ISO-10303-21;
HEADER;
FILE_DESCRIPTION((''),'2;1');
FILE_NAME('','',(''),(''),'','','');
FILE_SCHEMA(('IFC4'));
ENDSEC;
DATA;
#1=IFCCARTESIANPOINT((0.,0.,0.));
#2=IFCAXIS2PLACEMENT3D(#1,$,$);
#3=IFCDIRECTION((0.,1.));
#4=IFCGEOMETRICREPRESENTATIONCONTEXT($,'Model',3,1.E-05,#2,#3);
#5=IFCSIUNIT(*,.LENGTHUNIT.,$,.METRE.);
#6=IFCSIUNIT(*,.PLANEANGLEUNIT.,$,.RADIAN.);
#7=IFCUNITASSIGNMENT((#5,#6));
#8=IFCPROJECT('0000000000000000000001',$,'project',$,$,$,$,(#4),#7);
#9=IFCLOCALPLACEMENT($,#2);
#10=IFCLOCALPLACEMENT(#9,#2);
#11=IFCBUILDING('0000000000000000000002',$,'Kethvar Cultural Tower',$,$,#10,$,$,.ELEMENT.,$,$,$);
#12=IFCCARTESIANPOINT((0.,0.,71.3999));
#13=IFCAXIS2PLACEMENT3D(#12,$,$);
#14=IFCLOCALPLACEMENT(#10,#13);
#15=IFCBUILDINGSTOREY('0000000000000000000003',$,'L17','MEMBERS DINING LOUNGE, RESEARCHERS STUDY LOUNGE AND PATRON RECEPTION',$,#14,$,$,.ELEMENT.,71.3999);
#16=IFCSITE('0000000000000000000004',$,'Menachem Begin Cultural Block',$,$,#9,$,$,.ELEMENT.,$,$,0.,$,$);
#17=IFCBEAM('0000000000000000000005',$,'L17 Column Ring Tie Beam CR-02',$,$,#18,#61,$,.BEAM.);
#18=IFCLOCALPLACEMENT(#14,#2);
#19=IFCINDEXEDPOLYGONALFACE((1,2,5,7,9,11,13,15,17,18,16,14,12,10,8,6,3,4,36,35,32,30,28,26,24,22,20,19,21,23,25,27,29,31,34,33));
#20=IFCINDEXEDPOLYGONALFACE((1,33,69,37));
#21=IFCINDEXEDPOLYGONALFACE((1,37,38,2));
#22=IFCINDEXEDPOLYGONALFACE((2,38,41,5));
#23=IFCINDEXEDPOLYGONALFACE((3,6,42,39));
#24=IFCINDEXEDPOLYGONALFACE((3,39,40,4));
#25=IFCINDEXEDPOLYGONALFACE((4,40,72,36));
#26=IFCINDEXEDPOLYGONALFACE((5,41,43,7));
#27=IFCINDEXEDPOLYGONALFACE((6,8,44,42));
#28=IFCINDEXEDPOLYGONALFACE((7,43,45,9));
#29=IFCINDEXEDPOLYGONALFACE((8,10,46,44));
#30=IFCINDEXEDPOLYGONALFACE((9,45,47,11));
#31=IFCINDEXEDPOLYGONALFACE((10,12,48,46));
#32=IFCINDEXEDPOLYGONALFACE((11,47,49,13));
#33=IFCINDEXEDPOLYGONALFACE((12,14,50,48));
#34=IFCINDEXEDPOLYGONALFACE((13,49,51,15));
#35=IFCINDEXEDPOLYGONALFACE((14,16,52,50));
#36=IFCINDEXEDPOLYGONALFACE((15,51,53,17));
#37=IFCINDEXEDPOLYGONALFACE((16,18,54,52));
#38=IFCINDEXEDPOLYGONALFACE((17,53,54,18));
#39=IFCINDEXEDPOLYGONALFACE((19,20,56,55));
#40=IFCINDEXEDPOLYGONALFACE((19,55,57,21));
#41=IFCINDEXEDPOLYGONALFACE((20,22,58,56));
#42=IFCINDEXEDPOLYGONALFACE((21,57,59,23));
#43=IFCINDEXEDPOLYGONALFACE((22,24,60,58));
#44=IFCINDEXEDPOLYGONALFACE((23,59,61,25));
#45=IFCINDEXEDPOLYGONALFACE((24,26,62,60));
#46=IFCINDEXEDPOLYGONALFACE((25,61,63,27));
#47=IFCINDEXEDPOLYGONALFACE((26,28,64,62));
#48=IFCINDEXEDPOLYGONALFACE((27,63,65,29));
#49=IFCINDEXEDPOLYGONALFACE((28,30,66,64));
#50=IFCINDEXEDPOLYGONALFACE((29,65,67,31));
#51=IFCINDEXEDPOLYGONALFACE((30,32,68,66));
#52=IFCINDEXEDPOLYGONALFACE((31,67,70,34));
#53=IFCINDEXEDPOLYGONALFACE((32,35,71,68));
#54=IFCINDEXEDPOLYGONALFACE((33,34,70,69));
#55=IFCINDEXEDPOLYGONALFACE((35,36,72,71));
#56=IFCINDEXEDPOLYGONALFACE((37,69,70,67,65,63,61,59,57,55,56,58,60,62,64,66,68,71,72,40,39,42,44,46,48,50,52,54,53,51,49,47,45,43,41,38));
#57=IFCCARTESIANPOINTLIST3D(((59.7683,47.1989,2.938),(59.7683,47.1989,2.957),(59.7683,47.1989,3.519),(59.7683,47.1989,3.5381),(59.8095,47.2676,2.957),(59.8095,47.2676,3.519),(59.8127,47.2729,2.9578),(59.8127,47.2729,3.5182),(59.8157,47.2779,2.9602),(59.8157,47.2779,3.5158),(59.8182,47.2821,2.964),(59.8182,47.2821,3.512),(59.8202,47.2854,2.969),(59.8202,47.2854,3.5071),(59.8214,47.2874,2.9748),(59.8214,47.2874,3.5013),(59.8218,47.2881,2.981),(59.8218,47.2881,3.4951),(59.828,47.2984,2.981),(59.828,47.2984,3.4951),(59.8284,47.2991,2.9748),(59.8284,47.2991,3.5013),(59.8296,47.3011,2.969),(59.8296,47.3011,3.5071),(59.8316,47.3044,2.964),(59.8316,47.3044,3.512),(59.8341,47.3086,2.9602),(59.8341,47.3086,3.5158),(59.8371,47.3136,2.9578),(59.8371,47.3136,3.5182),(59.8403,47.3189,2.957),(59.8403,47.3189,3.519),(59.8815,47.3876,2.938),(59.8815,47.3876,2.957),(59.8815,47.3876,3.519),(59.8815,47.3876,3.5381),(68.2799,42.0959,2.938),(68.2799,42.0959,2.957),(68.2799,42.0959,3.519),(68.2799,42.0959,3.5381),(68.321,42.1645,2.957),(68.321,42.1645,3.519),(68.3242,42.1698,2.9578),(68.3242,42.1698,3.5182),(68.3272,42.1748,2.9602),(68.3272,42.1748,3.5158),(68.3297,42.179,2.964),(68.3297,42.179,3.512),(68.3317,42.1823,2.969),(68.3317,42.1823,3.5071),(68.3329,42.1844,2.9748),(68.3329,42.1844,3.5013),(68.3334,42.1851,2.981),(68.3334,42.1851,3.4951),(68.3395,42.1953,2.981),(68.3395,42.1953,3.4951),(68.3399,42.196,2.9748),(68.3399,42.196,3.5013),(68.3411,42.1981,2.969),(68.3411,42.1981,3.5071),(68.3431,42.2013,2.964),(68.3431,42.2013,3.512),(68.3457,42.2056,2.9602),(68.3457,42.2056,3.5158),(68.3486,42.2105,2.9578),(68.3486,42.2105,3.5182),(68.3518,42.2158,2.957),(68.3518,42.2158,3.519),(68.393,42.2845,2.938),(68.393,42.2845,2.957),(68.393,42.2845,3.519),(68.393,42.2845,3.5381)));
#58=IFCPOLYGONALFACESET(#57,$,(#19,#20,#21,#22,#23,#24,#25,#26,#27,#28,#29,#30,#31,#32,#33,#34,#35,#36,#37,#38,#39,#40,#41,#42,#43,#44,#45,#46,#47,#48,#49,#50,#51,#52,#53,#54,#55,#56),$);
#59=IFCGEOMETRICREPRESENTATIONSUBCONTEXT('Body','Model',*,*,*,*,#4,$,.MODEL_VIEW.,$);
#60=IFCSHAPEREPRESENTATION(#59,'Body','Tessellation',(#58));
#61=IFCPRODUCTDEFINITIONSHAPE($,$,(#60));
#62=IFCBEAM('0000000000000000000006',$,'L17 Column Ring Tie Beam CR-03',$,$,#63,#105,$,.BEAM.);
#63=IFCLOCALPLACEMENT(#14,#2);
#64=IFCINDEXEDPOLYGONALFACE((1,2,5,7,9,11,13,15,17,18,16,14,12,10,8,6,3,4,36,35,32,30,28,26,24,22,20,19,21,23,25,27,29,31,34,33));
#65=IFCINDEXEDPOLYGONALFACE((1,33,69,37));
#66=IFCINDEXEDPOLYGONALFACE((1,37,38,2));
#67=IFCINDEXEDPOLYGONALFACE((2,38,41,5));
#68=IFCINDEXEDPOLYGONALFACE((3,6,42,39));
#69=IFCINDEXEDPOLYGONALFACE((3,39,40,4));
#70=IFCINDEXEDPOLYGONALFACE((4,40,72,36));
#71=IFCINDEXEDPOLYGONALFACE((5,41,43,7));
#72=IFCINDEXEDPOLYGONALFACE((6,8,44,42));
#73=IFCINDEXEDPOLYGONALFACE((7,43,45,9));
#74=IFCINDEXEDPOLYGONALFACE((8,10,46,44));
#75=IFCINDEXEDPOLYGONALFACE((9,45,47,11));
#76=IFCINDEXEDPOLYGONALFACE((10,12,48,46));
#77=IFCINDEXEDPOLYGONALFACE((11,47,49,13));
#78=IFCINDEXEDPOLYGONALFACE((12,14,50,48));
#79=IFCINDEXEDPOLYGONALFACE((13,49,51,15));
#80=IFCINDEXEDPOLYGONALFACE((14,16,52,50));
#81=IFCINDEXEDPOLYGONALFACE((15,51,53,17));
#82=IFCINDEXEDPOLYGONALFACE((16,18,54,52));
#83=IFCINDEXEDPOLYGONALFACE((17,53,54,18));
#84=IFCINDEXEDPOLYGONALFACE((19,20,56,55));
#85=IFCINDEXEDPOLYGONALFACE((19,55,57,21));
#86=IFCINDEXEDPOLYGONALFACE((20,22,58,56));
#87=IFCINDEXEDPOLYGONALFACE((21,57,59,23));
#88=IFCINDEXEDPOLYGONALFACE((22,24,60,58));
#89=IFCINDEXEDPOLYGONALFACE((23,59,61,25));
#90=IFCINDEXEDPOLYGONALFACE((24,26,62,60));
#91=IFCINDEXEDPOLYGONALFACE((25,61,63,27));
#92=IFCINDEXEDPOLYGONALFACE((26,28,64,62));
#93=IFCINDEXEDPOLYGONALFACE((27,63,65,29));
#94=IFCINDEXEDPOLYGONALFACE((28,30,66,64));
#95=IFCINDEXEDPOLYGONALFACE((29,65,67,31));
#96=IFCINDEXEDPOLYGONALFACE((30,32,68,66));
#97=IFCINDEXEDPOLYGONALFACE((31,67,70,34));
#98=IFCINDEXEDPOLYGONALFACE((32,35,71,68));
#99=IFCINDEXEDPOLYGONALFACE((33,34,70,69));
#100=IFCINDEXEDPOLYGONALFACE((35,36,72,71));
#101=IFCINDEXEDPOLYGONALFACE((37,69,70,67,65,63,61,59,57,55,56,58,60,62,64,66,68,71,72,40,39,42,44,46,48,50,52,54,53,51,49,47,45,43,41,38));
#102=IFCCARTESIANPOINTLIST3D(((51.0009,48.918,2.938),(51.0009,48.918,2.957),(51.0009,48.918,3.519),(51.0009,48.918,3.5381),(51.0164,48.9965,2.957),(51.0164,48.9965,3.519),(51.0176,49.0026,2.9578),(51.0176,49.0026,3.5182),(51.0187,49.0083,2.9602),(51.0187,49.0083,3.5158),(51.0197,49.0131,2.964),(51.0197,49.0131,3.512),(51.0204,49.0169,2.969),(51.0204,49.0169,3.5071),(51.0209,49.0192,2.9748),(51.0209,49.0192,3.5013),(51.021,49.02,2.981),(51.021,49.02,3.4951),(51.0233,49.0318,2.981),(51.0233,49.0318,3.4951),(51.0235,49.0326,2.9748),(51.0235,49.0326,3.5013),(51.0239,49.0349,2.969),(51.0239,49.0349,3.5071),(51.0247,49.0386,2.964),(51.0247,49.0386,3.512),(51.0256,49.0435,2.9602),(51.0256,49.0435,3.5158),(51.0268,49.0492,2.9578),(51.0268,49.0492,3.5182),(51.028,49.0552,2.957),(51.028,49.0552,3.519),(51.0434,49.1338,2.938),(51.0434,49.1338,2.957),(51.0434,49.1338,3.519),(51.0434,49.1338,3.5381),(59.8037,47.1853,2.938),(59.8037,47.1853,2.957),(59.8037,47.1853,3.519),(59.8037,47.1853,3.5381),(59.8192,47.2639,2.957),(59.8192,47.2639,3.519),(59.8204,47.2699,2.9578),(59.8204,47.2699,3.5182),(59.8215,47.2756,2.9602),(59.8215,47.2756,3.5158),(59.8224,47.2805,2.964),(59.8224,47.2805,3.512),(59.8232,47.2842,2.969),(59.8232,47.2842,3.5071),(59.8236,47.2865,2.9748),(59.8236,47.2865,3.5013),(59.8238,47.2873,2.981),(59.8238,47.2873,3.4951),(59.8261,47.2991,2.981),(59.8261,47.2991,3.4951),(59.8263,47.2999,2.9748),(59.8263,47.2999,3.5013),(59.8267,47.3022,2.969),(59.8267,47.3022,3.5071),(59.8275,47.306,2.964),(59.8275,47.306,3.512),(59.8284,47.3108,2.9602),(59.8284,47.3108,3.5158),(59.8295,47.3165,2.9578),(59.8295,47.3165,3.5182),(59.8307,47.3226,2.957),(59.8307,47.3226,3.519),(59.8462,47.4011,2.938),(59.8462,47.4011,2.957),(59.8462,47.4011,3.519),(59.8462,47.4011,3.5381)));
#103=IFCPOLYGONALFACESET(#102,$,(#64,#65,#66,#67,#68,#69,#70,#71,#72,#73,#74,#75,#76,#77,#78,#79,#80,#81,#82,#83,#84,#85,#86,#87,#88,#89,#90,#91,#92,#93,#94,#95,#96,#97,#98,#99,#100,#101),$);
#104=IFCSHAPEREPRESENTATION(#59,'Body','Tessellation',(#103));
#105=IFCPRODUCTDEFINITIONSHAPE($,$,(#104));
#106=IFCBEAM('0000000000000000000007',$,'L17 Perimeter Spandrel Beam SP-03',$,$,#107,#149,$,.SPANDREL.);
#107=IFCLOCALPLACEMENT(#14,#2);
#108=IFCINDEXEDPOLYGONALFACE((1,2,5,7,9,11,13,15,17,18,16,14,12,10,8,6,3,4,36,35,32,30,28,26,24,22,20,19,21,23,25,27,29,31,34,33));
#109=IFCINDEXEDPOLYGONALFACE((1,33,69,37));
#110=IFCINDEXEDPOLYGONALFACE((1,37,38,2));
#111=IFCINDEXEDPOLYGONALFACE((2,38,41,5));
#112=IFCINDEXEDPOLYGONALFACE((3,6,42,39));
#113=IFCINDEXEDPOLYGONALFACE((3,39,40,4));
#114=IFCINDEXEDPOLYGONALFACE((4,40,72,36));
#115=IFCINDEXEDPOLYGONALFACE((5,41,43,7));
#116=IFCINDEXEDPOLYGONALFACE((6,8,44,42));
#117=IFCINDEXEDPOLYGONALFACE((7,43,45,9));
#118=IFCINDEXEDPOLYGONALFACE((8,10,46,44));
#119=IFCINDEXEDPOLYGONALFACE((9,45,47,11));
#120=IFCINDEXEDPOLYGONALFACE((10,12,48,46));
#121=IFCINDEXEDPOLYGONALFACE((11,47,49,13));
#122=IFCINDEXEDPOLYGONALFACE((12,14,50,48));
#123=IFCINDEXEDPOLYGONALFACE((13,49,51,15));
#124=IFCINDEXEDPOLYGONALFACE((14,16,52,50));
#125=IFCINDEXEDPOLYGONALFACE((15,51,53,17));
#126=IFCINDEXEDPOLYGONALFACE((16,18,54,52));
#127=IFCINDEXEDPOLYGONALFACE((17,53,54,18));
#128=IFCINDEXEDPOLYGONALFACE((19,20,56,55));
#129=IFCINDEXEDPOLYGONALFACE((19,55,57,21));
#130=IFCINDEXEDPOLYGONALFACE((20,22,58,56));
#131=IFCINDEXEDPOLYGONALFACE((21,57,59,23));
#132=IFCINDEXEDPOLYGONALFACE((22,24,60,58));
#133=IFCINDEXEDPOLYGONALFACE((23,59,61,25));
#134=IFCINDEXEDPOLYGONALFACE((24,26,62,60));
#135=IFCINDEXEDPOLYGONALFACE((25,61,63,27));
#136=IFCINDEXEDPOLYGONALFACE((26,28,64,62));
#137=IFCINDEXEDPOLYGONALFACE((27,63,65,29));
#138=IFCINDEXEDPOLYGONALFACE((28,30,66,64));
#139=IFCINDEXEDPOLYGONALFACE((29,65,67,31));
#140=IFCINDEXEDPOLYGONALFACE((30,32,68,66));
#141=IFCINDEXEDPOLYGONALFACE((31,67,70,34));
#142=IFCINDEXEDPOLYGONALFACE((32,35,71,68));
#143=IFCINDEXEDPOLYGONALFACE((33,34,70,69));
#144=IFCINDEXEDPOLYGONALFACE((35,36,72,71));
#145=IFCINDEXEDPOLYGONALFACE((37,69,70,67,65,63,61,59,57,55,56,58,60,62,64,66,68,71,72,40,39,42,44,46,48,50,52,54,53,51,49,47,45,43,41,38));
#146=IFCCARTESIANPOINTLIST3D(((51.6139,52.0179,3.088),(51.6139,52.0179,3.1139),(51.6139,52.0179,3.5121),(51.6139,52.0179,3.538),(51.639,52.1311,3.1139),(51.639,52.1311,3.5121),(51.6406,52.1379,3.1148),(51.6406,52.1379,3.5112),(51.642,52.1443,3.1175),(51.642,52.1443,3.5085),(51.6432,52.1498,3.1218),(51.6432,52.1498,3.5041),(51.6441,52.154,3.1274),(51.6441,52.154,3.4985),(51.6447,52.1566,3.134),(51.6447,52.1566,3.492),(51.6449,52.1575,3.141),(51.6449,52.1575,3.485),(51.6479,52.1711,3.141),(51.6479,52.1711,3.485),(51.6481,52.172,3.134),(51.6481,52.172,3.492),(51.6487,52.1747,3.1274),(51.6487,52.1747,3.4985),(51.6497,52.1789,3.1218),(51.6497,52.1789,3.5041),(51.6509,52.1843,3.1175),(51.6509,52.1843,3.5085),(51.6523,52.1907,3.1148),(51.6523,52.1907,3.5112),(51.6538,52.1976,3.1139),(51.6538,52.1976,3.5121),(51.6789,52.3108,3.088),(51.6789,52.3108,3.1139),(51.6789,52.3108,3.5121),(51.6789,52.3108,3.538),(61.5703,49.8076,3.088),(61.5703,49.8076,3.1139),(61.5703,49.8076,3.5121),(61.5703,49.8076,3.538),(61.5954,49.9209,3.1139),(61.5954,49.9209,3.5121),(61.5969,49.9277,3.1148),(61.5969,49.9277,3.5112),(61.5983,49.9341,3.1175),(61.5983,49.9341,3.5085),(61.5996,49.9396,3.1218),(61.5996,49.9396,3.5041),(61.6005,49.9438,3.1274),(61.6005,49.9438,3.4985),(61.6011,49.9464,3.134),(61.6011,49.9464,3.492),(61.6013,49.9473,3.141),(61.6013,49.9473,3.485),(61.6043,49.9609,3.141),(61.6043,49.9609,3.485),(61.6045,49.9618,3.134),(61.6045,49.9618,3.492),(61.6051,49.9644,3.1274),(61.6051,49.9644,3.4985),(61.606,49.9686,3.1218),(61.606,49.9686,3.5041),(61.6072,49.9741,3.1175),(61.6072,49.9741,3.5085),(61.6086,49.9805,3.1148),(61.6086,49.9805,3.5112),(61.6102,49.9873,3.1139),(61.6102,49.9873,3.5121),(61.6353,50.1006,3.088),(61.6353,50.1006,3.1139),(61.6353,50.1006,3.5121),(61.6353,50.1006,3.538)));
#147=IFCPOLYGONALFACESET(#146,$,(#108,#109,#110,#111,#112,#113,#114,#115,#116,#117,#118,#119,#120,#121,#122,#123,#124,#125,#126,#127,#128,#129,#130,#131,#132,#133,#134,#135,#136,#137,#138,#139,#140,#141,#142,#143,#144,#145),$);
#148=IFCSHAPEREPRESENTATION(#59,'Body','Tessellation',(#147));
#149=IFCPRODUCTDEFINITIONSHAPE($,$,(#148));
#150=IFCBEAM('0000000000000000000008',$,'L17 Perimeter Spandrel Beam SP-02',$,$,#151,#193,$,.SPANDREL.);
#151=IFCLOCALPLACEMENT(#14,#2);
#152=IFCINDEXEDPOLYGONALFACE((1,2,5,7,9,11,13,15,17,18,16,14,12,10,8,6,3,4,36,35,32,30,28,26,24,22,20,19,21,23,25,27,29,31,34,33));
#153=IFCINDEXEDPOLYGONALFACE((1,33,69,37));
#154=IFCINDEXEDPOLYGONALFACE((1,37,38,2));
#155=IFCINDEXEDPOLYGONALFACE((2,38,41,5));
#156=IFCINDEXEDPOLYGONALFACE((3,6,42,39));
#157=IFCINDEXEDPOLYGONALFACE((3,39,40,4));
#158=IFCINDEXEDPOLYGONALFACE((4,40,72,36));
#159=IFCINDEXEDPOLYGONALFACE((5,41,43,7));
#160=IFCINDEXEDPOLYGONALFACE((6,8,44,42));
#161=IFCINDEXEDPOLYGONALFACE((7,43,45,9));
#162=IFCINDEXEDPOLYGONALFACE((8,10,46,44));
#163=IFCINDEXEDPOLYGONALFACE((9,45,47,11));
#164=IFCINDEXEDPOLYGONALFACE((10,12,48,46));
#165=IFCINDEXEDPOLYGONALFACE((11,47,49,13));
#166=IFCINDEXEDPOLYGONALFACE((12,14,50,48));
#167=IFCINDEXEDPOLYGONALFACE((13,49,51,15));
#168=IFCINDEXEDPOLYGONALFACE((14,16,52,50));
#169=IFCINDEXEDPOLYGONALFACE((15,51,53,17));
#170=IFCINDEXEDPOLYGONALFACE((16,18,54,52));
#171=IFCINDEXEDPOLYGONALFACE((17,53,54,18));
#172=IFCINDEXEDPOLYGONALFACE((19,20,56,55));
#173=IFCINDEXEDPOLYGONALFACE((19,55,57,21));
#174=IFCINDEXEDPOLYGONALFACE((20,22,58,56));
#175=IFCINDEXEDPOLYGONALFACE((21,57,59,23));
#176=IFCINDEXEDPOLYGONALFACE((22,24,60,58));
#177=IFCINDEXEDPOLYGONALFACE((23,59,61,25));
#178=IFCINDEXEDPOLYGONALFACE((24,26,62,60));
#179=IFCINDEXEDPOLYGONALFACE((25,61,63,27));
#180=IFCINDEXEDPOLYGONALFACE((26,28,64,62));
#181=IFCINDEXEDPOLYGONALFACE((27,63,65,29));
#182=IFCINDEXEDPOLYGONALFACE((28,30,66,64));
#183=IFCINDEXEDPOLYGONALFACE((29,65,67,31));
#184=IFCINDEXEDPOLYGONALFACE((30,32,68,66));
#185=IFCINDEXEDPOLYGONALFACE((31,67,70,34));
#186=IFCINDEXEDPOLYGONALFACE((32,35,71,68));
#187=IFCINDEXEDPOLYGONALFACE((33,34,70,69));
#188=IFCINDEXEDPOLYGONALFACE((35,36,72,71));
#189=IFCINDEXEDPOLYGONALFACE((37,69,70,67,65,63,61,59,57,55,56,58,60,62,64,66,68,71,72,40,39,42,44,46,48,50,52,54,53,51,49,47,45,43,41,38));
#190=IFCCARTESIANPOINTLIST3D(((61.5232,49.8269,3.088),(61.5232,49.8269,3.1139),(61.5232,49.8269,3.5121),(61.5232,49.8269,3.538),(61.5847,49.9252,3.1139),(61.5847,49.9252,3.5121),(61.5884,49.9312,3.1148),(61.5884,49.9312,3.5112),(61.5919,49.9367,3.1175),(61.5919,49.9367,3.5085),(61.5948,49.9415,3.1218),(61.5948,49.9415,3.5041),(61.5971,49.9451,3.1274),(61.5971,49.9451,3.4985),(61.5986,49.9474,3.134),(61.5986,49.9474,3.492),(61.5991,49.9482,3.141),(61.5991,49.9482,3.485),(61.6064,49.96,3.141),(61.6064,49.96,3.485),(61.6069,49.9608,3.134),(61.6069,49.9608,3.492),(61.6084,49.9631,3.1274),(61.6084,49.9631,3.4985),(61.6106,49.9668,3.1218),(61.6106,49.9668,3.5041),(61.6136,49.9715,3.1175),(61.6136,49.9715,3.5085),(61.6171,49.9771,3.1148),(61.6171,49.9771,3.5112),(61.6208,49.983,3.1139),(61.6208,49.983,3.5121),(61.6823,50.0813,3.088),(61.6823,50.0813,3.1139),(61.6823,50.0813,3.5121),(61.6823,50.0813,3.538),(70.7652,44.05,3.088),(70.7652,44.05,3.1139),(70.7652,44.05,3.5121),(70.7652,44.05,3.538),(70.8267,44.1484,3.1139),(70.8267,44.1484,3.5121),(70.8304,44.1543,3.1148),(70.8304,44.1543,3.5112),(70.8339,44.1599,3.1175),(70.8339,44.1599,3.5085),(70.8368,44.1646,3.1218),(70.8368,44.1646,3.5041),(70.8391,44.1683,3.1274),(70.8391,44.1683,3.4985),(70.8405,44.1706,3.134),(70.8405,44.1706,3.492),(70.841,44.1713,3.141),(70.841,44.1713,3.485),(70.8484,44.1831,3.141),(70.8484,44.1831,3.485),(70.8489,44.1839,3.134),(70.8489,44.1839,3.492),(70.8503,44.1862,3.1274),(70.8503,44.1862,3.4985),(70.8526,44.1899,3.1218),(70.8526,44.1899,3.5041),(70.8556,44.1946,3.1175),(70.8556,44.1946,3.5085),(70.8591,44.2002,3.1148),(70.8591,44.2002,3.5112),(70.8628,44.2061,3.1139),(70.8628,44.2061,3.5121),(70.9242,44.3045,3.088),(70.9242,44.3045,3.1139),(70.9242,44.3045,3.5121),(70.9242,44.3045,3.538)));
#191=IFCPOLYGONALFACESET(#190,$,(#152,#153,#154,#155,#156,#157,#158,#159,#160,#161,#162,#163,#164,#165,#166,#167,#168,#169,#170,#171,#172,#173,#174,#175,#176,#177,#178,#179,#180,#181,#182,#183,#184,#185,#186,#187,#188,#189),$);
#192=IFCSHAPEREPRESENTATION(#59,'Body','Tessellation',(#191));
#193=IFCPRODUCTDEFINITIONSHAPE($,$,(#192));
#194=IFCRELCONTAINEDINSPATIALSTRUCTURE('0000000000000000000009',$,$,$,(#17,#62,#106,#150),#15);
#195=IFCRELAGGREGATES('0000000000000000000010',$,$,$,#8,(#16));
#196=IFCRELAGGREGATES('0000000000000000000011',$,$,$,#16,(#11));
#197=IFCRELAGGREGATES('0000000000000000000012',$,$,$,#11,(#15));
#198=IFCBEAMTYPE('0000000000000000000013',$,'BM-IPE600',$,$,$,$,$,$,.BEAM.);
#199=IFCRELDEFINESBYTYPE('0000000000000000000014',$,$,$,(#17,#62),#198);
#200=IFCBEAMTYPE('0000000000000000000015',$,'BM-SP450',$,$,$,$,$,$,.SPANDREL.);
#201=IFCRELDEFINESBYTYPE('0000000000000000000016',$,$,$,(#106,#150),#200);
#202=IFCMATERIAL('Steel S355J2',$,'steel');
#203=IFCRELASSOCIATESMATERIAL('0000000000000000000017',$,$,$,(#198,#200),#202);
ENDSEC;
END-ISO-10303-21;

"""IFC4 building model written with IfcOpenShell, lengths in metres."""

from ifc_helpers import new_model, si_unit, direction, frame, origin, origin_2d, place, context, subcontext, project, spatial, i_section, extrude, source, transform, mapped, material, material_profile, profile_set, type_object, element, save


model = new_model("IFC4")

# Units and contexts
model_context = context("Model", 3, precision=1e-05, world=origin(), true_north=direction((0.0, 1.0)))
body_context = subcontext(model_context, "Body", "Model", "MODEL_VIEW")
ifc_project = project(units=[si_unit("LENGTHUNIT", "METRE"), si_unit("PLANEANGLEUNIT", "RADIAN")], contexts=[model_context])

# Site, building, storey
site_placement = place(None, origin())
site = spatial("IfcSite", under=ifc_project, at=site_placement, Name="Menachem Begin Cultural Block", CompositionType="ELEMENT", RefElevation=0.0)
building_placement = place(site_placement, origin())
building = spatial("IfcBuilding", under=site, at=building_placement, Name="Kethvar Cultural Tower", CompositionType="ELEMENT")
storey_placement = place(building_placement, frame((0.0, 0.0, 71.3999)))
storey = spatial("IfcBuildingStorey", under=building, at=storey_placement, Name="L17", Description="MEMBERS DINING LOUNGE, RESEARCHERS STUDY LOUNGE AND PATRON RECEPTION", CompositionType="ELEMENT", Elevation=71.3999)

# Beams
ifc_material_1 = material(Name="Steel S355J2", Category="steel")
ifc_material_profile_1 = material_profile(ifc_material_1, i_section(OverallWidth=0.22, OverallDepth=0.6001, WebThickness=0.012, FlangeThickness=0.019, FilletRadius=0.0239, at=origin_2d()), Name="Steel S355J2 — IPE600")
ifc_profile_set_1 = profile_set([ifc_material_profile_1], Name="Steel S355J2 — IPE600")
beam_type_1 = type_object("IfcBeamType", Name="BM-IPE600", PredefinedType="BEAM", material=ifc_profile_set_1)
shared_shape_1 = source(origin(), body_context, "Body", "SweptSolid", [
    extrude(i_section(OverallWidth=0.22, OverallDepth=0.6001, WebThickness=0.012, FlangeThickness=0.019, FilletRadius=0.0239, at=origin_2d()), origin(), (0.0, 0.0, 1.0), 9.9241),
])
beam_1_placement = place(storey_placement, frame((68.3364, 42.1902, 3.238), z_axis=(-0.857664, 0.51421, 0.0), x_axis=(-0.51421, -0.857664, 0.0)))
element("IfcBeam", 1, at=beam_1_placement, inside=storey, type_object=beam_type_1, Name="L17 Column Ring Tie Beam CR-02", PredefinedType="BEAM", context=body_context, shape_type="MappedRepresentation", body=[
    mapped(shared_shape_1, transform((0.0, 0.0, 0.0), scale=1.0)),
])
shared_shape_2 = source(origin(), body_context, "Body", "SweptSolid", [
    extrude(i_section(OverallWidth=0.22, OverallDepth=0.6001, WebThickness=0.012, FlangeThickness=0.019, FilletRadius=0.0239, at=origin_2d()), origin(), (0.0, 0.0, 1.0), 8.9717),
])
beam_2_placement = place(storey_placement, frame((59.825, 47.2932, 3.238), z_axis=(-0.981174, 0.193127, 0.0), x_axis=(-0.193127, -0.981174, 0.0)))
element("IfcBeam", 2, at=beam_2_placement, inside=storey, type_object=beam_type_1, Name="L17 Column Ring Tie Beam CR-03", PredefinedType="BEAM", context=body_context, shape_type="MappedRepresentation", body=[
    mapped(shared_shape_2, transform((0.0, 0.0, 0.0), scale=1.0)),
])
ifc_material_profile_2 = material_profile(ifc_material_1, i_section(OverallWidth=0.3, OverallDepth=0.45, WebThickness=0.0139, FlangeThickness=0.0259, FilletRadius=0.0271, at=origin_2d()), Name="Steel S355J2 — HEB450")
ifc_profile_set_2 = profile_set([ifc_material_profile_2], Name="Steel S355J2 — HEB450")
beam_type_2 = type_object("IfcBeamType", Name="BM-SP450", PredefinedType="SPANDREL", material=ifc_profile_set_2)
shared_shape_3 = source(origin(), body_context, "Body", "SweptSolid", [
    extrude(i_section(OverallWidth=0.3, OverallDepth=0.45, WebThickness=0.0139, FlangeThickness=0.0259, FilletRadius=0.0271, at=origin_2d()), origin(), (0.0, 0.0, 1.0), 10.1987),
])
beam_3_placement = place(storey_placement, frame((61.6028, 49.9541, 3.313), z_axis=(-0.976235, 0.216715, 0.0), x_axis=(-0.216715, -0.976235, 0.0)))
element("IfcBeam", 3, at=beam_3_placement, inside=storey, type_object=beam_type_2, Name="L17 Perimeter Spandrel Beam SP-03", PredefinedType="SPANDREL", context=body_context, shape_type="MappedRepresentation", body=[
    mapped(shared_shape_3, transform((0.0, 0.0, 0.0), scale=1.0)),
])
shared_shape_4 = source(origin(), body_context, "Body", "SweptSolid", [
    extrude(i_section(OverallWidth=0.3, OverallDepth=0.45, WebThickness=0.0139, FlangeThickness=0.0259, FilletRadius=0.0271, at=origin_2d()), origin(), (0.0, 0.0, 1.0), 10.8989),
])
beam_4_placement = place(storey_placement, frame((70.8447, 44.1772, 3.313), z_axis=(-0.847972, 0.530041, 0.0), x_axis=(-0.530041, -0.847972, 0.0)))
element("IfcBeam", 4, at=beam_4_placement, inside=storey, type_object=beam_type_2, Name="L17 Perimeter Spandrel Beam SP-02", PredefinedType="SPANDREL", context=body_context, shape_type="MappedRepresentation", body=[
    mapped(shared_shape_4, transform((0.0, 0.0, 0.0), scale=1.0)),
])

save(model, "model.ifc")
